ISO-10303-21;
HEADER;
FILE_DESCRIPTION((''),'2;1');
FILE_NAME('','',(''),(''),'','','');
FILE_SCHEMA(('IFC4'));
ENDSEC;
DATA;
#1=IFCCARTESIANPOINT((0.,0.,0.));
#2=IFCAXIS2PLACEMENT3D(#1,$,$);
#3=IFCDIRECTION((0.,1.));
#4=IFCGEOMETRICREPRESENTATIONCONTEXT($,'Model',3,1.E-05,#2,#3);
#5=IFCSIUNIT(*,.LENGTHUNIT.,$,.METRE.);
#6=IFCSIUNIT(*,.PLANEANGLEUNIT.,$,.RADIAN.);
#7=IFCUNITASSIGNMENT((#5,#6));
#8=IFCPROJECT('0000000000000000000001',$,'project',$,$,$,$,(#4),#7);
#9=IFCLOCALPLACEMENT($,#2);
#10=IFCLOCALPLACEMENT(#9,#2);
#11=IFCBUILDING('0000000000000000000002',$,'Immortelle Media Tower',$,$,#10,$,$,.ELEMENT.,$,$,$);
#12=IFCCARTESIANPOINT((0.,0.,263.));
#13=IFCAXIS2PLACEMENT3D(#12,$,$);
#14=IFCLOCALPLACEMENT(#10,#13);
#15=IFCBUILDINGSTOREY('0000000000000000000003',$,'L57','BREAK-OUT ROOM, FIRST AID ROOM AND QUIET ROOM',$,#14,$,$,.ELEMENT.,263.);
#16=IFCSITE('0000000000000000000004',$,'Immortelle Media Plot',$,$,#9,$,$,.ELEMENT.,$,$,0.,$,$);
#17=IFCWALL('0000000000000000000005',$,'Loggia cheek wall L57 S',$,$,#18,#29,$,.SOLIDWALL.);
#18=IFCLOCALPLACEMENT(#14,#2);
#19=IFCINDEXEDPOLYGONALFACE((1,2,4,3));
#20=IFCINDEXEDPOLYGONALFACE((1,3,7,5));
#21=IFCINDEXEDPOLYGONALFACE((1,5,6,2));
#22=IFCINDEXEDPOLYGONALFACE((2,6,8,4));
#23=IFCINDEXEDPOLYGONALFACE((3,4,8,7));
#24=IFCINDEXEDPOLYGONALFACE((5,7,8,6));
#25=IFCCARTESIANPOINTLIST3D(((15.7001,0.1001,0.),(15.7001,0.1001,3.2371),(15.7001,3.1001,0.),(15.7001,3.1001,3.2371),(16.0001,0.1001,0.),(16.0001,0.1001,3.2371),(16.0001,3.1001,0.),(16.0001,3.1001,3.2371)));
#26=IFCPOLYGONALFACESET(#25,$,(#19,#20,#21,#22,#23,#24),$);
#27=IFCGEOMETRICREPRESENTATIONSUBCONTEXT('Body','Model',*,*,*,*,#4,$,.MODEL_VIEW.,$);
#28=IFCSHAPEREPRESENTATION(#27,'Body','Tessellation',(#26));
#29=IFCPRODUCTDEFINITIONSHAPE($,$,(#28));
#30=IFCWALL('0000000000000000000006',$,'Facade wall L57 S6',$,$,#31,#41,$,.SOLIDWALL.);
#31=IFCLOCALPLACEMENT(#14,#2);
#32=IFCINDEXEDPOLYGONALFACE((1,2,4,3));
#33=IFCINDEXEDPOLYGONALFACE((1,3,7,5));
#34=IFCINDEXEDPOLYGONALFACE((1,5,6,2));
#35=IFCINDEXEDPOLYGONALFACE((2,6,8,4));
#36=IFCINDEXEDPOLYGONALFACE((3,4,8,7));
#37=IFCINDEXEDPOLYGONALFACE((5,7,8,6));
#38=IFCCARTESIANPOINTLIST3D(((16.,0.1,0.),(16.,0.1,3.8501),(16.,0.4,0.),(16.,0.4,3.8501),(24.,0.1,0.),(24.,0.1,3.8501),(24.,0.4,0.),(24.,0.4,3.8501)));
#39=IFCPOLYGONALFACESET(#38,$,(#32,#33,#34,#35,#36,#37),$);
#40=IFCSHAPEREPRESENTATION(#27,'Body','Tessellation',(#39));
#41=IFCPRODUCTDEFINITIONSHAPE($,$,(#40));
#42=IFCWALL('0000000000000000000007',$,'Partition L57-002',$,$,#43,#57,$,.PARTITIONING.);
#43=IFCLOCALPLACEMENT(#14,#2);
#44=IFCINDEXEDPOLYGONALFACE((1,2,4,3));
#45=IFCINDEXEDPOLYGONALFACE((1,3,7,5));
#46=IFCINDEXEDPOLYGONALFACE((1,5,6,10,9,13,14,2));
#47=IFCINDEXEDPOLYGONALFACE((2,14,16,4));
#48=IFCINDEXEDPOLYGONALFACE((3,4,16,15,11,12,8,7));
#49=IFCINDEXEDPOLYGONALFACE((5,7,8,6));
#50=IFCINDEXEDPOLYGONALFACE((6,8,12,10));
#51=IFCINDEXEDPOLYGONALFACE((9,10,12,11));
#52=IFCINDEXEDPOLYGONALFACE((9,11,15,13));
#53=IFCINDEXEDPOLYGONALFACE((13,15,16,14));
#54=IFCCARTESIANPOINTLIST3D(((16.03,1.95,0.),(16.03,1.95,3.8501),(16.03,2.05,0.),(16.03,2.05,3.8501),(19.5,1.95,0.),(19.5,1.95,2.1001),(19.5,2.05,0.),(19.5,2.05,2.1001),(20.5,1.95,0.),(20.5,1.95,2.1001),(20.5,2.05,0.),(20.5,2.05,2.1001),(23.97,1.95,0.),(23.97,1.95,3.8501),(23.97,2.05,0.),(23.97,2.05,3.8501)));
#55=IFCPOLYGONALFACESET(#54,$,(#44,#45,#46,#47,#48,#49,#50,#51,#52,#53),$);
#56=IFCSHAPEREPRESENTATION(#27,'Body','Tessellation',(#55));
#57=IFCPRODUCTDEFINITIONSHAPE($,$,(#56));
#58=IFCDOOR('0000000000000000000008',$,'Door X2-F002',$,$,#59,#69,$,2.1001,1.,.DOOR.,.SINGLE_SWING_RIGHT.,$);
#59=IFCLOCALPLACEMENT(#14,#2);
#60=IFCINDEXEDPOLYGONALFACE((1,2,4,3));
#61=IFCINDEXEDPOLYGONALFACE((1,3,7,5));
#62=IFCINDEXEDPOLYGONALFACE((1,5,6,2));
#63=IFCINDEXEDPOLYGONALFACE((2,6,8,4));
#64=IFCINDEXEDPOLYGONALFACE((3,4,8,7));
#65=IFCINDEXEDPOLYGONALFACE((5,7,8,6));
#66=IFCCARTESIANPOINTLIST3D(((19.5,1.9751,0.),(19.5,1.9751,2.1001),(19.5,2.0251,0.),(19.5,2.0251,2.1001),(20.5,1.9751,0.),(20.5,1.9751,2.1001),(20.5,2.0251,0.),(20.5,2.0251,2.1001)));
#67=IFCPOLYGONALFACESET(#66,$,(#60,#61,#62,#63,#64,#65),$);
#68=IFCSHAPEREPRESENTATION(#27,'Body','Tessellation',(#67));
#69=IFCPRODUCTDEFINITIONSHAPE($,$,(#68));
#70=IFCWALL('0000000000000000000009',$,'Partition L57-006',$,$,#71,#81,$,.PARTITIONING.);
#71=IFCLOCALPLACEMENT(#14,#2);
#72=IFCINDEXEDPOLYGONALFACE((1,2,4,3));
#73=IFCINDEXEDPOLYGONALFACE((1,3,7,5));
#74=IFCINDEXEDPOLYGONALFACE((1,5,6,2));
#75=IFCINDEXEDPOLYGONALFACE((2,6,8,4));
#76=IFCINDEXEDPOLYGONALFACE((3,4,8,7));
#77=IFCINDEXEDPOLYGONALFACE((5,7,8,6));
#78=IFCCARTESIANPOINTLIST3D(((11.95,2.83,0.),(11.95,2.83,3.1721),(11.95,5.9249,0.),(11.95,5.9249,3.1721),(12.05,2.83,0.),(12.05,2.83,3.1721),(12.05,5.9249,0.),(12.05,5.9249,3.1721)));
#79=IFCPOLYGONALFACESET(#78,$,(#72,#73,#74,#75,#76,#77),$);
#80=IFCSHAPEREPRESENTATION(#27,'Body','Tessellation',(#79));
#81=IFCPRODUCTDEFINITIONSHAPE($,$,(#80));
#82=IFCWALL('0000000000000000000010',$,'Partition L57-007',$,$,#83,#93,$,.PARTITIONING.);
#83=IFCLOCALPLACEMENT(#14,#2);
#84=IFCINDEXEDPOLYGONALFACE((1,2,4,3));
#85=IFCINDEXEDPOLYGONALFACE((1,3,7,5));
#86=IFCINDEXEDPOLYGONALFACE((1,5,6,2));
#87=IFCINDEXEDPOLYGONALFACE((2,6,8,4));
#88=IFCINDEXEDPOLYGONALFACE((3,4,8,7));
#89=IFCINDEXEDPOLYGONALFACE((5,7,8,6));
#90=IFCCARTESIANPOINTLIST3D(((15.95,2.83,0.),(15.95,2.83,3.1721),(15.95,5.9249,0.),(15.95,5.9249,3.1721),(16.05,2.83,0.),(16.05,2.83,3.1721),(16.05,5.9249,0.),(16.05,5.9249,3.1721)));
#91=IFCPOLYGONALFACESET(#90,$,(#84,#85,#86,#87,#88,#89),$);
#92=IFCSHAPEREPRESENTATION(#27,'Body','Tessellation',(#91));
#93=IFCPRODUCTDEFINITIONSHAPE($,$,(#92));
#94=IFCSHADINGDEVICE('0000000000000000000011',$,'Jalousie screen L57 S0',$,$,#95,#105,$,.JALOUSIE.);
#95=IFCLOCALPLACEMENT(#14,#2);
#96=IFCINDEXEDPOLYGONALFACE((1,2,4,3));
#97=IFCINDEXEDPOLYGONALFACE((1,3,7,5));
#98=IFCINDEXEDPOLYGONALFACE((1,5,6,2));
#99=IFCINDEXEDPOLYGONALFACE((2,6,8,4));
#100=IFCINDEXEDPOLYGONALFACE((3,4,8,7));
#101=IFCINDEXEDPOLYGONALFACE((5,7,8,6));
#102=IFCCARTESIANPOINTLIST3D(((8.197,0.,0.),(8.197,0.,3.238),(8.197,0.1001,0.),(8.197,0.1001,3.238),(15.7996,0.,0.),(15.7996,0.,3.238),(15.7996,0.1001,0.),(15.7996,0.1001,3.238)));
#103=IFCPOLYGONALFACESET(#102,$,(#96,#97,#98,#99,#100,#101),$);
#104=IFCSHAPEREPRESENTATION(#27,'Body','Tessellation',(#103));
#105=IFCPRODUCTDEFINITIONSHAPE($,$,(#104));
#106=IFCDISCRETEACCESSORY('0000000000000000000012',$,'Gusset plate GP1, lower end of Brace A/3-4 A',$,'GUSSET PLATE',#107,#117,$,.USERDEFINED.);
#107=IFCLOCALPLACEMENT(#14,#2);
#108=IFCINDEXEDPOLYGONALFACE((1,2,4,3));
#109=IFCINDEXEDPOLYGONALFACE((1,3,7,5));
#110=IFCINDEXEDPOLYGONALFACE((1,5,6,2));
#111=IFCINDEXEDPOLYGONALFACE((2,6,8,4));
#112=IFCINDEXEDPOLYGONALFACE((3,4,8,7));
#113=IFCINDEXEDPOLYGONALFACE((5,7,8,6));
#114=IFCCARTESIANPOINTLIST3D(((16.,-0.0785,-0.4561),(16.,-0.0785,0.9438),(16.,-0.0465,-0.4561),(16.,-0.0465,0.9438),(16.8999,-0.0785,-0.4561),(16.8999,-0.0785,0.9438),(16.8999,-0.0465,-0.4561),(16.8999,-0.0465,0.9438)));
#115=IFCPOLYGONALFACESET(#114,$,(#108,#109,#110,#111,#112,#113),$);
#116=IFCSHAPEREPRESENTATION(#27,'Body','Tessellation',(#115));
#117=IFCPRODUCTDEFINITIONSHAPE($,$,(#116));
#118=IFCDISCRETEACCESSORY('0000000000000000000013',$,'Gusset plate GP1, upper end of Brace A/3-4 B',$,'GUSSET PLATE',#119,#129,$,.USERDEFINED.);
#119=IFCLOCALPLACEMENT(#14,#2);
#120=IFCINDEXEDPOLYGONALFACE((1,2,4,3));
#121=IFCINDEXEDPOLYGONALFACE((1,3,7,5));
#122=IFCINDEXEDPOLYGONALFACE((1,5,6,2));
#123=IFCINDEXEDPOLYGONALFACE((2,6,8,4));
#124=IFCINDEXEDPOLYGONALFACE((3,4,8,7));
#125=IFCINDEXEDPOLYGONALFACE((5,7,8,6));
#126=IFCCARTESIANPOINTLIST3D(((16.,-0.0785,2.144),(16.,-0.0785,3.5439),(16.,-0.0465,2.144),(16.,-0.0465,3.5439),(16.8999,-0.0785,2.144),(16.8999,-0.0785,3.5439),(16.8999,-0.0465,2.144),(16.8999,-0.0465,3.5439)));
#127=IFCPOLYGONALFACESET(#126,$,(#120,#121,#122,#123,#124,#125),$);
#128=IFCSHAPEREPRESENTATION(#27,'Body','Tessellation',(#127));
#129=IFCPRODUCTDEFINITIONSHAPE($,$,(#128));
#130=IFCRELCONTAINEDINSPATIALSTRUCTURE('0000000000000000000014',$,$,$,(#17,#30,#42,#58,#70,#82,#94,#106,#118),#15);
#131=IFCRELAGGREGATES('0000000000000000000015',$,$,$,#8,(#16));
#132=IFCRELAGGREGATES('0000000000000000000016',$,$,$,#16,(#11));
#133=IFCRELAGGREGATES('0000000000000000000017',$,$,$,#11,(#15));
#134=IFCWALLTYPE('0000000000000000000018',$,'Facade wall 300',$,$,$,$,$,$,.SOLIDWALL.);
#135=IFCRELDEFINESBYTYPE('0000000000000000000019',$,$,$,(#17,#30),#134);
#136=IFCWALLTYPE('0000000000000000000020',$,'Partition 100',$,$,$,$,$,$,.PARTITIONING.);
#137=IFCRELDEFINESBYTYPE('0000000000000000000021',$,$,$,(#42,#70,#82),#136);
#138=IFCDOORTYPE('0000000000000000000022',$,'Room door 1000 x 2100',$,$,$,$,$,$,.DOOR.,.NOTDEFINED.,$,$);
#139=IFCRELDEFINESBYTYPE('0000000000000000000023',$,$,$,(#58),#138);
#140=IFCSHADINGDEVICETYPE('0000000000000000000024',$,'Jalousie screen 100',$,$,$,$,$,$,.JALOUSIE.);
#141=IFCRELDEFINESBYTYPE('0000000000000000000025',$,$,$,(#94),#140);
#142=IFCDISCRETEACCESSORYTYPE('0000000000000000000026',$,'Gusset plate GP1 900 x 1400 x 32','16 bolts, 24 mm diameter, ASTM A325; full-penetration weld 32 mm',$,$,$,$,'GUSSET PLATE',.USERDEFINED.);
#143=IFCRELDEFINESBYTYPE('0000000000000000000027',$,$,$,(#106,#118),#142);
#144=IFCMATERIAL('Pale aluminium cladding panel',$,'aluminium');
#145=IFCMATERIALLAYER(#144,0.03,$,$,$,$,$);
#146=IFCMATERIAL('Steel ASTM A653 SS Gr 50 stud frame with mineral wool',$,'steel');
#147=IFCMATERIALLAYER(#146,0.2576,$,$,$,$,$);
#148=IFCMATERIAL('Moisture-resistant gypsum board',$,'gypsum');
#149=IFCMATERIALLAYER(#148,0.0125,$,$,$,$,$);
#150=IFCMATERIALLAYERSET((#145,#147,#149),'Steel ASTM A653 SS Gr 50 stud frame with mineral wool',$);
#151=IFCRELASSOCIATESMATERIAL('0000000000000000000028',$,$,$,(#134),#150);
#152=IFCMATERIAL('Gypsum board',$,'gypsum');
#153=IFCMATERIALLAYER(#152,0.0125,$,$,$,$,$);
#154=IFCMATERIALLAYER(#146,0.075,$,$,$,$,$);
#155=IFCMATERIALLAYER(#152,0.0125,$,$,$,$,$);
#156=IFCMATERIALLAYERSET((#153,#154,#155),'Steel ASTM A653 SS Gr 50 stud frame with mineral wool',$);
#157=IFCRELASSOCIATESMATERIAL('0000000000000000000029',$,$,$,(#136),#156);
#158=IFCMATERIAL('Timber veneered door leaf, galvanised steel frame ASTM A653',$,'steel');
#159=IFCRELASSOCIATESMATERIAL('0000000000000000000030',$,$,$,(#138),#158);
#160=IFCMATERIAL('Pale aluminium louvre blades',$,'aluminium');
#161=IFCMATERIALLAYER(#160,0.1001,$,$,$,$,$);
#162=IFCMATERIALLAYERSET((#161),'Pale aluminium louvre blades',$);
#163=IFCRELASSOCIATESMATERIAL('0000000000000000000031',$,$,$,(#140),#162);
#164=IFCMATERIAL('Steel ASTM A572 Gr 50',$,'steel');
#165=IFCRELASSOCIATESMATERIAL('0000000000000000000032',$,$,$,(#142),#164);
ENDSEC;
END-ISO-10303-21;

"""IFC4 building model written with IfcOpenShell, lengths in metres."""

from ifc_helpers import new_model, si_unit, direction, frame, frame_2d, origin, origin_2d, place, context, subcontext, project, spatial, rectangle, extrude, material, layer, layer_set, material_profile, profile_set, type_object, element, fill, save


model = new_model("IFC4")

# Units and contexts
model_context = context("Model", 3, precision=1e-05, world=origin(), true_north=direction((0.0, 1.0)))
body_context = subcontext(model_context, "Body", "Model", "MODEL_VIEW")
ifc_project = project(units=[si_unit("LENGTHUNIT", "METRE"), si_unit("PLANEANGLEUNIT", "RADIAN")], contexts=[model_context])

# Site, building, storey
site_placement = place(None, origin())
site = spatial("IfcSite", under=ifc_project, at=site_placement, Name="Immortelle Media Plot", CompositionType="ELEMENT", RefElevation=0.0)
building_placement = place(site_placement, origin())
building = spatial("IfcBuilding", under=site, at=building_placement, Name="Immortelle Media Tower", CompositionType="ELEMENT")
storey_placement = place(building_placement, frame((0.0, 0.0, 263.0)))
storey = spatial("IfcBuildingStorey", under=building, at=storey_placement, Name="L57", Description="BREAK-OUT ROOM, FIRST AID ROOM AND QUIET ROOM", CompositionType="ELEMENT", Elevation=263.0)

# Shared definitions
ifc_material_1 = material(Name="Pale aluminium cladding panel", Category="aluminium")
ifc_layer_1 = layer(ifc_material_1, 0.03)
ifc_material_2 = material(Name="Steel ASTM A653 SS Gr 50 stud frame with mineral wool", Category="steel")
ifc_layer_2 = layer(ifc_material_2, 0.2576)
ifc_material_3 = material(Name="Moisture-resistant gypsum board", Category="gypsum")
ifc_layer_3 = layer(ifc_material_3, 0.0125)
ifc_layer_set_1 = layer_set([ifc_layer_1, ifc_layer_2, ifc_layer_3], Name="Steel ASTM A653 SS Gr 50 stud frame with mineral wool")
wall_type_1 = type_object("IfcWallType", Name="Facade wall 300", PredefinedType="SOLIDWALL", material=ifc_layer_set_1)

# Walls
wall_1_placement = place(storey_placement, frame((15.8501, 0.1001, 0.0), z_axis=(0.0, 0.0, 1.0), x_axis=(0.0, 1.0, 0.0)))
element("IfcWall", 1, at=wall_1_placement, inside=storey, type_object=wall_type_1, Name="Loggia cheek wall L57 S", PredefinedType="SOLIDWALL", context=body_context, shape_type="SweptSolid", body=[
    extrude(rectangle(XDim=3.0, YDim=0.3, at=frame_2d((1.5, 0.0))), origin(), (0.0, 0.0, 1.0), 3.2371),
])
wall_2_placement = place(storey_placement, frame((16.0, 0.25, 0.0), z_axis=(0.0, 0.0, 1.0), x_axis=(1.0, 0.0, 0.0)))
element("IfcWall", 2, at=wall_2_placement, inside=storey, type_object=wall_type_1, Name="Facade wall L57 S6", PredefinedType="SOLIDWALL", context=body_context, shape_type="SweptSolid", body=[
    extrude(rectangle(XDim=8.0, YDim=0.3, at=frame_2d((4.0, 0.0))), origin(), (0.0, 0.0, 1.0), 3.8501),
])

# Wall, opening, door
ifc_material_4 = material(Name="Gypsum board", Category="gypsum")
ifc_layer_4 = layer(ifc_material_4, 0.0125)
ifc_layer_5 = layer(ifc_material_2, 0.075)
ifc_layer_6 = layer(ifc_material_4, 0.0125)
ifc_layer_set_2 = layer_set([ifc_layer_4, ifc_layer_5, ifc_layer_6], Name="Steel ASTM A653 SS Gr 50 stud frame with mineral wool")
wall_type_2 = type_object("IfcWallType", Name="Partition 100", PredefinedType="PARTITIONING", material=ifc_layer_set_2)
wall_3_placement = place(storey_placement, frame((16.03, 2.0, 0.0), z_axis=(0.0, 0.0, 1.0), x_axis=(1.0, 0.0, 0.0)))
wall_3 = element("IfcWall", 3, at=wall_3_placement, inside=storey, type_object=wall_type_2, Name="Partition L57-002", PredefinedType="PARTITIONING", context=body_context, shape_type="SweptSolid", body=[
    extrude(rectangle(XDim=7.9399, YDim=0.1001, at=frame_2d((3.97, 0.0))), origin(), (0.0, 0.0, 1.0), 3.8501),
])
opening_1_placement = place(wall_3_placement, frame((4.47, 0.0, 0.0), z_axis=(0.0, 0.0, 1.0), x_axis=(-1.0, 0.0, 0.0)))
opening_1 = element("IfcOpeningElement", 4, at=opening_1_placement, cuts=wall_3, PredefinedType="OPENING", context=body_context, shape_type="SweptSolid", body=[
    extrude(rectangle(XDim=1.0, YDim=2.1001, at=frame_2d((0.5, 1.05))), frame((0.0, 0.0601, 0.0), z_axis=(0.0, -1.0, 0.0), x_axis=(1.0, 0.0, 0.0)), (0.0, 0.0, 1.0), 0.1201),
])
ifc_material_5 = material(Name="Timber veneered door leaf, galvanised steel frame ASTM A653", Category="steel")
door_type_1 = type_object("IfcDoorType", Name="Room door 1000 x 2100", OperationType="NOTDEFINED", PredefinedType="DOOR", material=ifc_material_5)
door_1_placement = place(opening_1_placement, origin())
door_1 = element("IfcDoor", 5, at=door_1_placement, inside=storey, type_object=door_type_1, Name="Door X2-F002", OperationType="SINGLE_SWING_RIGHT", OverallHeight=2.1001, OverallWidth=1.0, PredefinedType="DOOR", context=body_context, shape_type="SweptSolid", body=[
    extrude(rectangle(XDim=1.0, YDim=2.1001, at=frame_2d((0.5, 1.05))), frame((0.0, 0.0249, 0.0), z_axis=(0.0, -1.0, 0.0), x_axis=(1.0, 0.0, 0.0)), (0.0, 0.0, 1.0), 0.05),
])
fill(opening_1, door_1)

# Walls
for number, where, z_axis, x_axis, name in (
    (6, (12.0, 2.8301, 0.0), (0.0, 0.0, 1.0), (0.0, 1.0, 0.0), "Partition L57-006"),
    (7, (16.0, 2.8301, 0.0), (0.0, 0.0, 1.0), (0.0, 1.0, 0.0), "Partition L57-007"),
):
    element("IfcWall", number, at=place(storey_placement, frame(where, z_axis=z_axis, x_axis=x_axis)), inside=storey, type_object=wall_type_2, Name=name, PredefinedType="PARTITIONING", context=body_context, shape_type="SweptSolid", body=[
        extrude(rectangle(XDim=3.095, YDim=0.1001, at=frame_2d((1.5474, 0.0))), origin(), (0.0, 0.0, 1.0), 3.1721),
    ])

# Shading device
ifc_material_6 = material(Name="Pale aluminium louvre blades", Category="aluminium")
ifc_layer_7 = layer(ifc_material_6, 0.1001)
ifc_layer_set_3 = layer_set([ifc_layer_7], Name="Pale aluminium louvre blades")
shading_device_type = type_object("IfcShadingDeviceType", Name="Jalousie screen 100", PredefinedType="JALOUSIE", material=ifc_layer_set_3)
shading_device_placement = place(storey_placement, frame((11.9983, 0.05, 0.0), z_axis=(0.0, 0.0, 1.0), x_axis=(1.0, 0.0, 0.0)))
element("IfcShadingDevice", 8, at=shading_device_placement, inside=storey, type_object=shading_device_type, Name="Jalousie screen L57 S0", PredefinedType="JALOUSIE", context=body_context, shape_type="SweptSolid", body=[
    extrude(rectangle(XDim=7.6025, YDim=0.1001, at=origin_2d()), origin(), (0.0, 0.0, 1.0), 3.238),
])

# Discrete accessories
ifc_material_7 = material(Name="Steel ASTM A572 Gr 50", Category="steel")
ifc_material_profile_1 = material_profile(ifc_material_7, rectangle(XDim=0.032, YDim=1.3999, at=origin_2d()), Name="PL 32 x 1400")
ifc_profile_set_1 = profile_set([ifc_material_profile_1], Name="Steel ASTM A572 Gr 50")
discrete_accessory_type = type_object("IfcDiscreteAccessoryType", Name="Gusset plate GP1 900 x 1400 x 32", Description="16 bolts, 24 mm diameter, ASTM A325; full-penetration weld 32 mm", ElementType="GUSSET PLATE", PredefinedType="USERDEFINED", material=ifc_profile_set_1)
for number, where, z_axis, x_axis, name in (
    (9, (16.0, -0.0625, 0.2439), (1.0, 0.0, 0.0), (0.0, 1.0, 0.0), "Gusset plate GP1, lower end of Brace A/3-4 A"),
    (10, (16.0, -0.0625, 2.844), (1.0, 0.0, 0.0), (0.0, 1.0, 0.0), "Gusset plate GP1, upper end of Brace A/3-4 B"),
):
    element("IfcDiscreteAccessory", number, at=place(storey_placement, frame(where, z_axis=z_axis, x_axis=x_axis)), inside=storey, type_object=discrete_accessory_type, Name=name, ObjectType="GUSSET PLATE", PredefinedType="USERDEFINED", context=body_context, shape_type="SweptSolid", body=[
        extrude(rectangle(XDim=0.032, YDim=1.3999, at=origin_2d()), origin(), (0.0, 0.0, 1.0), 0.8999),
    ])

save(model, "model.ifc")
